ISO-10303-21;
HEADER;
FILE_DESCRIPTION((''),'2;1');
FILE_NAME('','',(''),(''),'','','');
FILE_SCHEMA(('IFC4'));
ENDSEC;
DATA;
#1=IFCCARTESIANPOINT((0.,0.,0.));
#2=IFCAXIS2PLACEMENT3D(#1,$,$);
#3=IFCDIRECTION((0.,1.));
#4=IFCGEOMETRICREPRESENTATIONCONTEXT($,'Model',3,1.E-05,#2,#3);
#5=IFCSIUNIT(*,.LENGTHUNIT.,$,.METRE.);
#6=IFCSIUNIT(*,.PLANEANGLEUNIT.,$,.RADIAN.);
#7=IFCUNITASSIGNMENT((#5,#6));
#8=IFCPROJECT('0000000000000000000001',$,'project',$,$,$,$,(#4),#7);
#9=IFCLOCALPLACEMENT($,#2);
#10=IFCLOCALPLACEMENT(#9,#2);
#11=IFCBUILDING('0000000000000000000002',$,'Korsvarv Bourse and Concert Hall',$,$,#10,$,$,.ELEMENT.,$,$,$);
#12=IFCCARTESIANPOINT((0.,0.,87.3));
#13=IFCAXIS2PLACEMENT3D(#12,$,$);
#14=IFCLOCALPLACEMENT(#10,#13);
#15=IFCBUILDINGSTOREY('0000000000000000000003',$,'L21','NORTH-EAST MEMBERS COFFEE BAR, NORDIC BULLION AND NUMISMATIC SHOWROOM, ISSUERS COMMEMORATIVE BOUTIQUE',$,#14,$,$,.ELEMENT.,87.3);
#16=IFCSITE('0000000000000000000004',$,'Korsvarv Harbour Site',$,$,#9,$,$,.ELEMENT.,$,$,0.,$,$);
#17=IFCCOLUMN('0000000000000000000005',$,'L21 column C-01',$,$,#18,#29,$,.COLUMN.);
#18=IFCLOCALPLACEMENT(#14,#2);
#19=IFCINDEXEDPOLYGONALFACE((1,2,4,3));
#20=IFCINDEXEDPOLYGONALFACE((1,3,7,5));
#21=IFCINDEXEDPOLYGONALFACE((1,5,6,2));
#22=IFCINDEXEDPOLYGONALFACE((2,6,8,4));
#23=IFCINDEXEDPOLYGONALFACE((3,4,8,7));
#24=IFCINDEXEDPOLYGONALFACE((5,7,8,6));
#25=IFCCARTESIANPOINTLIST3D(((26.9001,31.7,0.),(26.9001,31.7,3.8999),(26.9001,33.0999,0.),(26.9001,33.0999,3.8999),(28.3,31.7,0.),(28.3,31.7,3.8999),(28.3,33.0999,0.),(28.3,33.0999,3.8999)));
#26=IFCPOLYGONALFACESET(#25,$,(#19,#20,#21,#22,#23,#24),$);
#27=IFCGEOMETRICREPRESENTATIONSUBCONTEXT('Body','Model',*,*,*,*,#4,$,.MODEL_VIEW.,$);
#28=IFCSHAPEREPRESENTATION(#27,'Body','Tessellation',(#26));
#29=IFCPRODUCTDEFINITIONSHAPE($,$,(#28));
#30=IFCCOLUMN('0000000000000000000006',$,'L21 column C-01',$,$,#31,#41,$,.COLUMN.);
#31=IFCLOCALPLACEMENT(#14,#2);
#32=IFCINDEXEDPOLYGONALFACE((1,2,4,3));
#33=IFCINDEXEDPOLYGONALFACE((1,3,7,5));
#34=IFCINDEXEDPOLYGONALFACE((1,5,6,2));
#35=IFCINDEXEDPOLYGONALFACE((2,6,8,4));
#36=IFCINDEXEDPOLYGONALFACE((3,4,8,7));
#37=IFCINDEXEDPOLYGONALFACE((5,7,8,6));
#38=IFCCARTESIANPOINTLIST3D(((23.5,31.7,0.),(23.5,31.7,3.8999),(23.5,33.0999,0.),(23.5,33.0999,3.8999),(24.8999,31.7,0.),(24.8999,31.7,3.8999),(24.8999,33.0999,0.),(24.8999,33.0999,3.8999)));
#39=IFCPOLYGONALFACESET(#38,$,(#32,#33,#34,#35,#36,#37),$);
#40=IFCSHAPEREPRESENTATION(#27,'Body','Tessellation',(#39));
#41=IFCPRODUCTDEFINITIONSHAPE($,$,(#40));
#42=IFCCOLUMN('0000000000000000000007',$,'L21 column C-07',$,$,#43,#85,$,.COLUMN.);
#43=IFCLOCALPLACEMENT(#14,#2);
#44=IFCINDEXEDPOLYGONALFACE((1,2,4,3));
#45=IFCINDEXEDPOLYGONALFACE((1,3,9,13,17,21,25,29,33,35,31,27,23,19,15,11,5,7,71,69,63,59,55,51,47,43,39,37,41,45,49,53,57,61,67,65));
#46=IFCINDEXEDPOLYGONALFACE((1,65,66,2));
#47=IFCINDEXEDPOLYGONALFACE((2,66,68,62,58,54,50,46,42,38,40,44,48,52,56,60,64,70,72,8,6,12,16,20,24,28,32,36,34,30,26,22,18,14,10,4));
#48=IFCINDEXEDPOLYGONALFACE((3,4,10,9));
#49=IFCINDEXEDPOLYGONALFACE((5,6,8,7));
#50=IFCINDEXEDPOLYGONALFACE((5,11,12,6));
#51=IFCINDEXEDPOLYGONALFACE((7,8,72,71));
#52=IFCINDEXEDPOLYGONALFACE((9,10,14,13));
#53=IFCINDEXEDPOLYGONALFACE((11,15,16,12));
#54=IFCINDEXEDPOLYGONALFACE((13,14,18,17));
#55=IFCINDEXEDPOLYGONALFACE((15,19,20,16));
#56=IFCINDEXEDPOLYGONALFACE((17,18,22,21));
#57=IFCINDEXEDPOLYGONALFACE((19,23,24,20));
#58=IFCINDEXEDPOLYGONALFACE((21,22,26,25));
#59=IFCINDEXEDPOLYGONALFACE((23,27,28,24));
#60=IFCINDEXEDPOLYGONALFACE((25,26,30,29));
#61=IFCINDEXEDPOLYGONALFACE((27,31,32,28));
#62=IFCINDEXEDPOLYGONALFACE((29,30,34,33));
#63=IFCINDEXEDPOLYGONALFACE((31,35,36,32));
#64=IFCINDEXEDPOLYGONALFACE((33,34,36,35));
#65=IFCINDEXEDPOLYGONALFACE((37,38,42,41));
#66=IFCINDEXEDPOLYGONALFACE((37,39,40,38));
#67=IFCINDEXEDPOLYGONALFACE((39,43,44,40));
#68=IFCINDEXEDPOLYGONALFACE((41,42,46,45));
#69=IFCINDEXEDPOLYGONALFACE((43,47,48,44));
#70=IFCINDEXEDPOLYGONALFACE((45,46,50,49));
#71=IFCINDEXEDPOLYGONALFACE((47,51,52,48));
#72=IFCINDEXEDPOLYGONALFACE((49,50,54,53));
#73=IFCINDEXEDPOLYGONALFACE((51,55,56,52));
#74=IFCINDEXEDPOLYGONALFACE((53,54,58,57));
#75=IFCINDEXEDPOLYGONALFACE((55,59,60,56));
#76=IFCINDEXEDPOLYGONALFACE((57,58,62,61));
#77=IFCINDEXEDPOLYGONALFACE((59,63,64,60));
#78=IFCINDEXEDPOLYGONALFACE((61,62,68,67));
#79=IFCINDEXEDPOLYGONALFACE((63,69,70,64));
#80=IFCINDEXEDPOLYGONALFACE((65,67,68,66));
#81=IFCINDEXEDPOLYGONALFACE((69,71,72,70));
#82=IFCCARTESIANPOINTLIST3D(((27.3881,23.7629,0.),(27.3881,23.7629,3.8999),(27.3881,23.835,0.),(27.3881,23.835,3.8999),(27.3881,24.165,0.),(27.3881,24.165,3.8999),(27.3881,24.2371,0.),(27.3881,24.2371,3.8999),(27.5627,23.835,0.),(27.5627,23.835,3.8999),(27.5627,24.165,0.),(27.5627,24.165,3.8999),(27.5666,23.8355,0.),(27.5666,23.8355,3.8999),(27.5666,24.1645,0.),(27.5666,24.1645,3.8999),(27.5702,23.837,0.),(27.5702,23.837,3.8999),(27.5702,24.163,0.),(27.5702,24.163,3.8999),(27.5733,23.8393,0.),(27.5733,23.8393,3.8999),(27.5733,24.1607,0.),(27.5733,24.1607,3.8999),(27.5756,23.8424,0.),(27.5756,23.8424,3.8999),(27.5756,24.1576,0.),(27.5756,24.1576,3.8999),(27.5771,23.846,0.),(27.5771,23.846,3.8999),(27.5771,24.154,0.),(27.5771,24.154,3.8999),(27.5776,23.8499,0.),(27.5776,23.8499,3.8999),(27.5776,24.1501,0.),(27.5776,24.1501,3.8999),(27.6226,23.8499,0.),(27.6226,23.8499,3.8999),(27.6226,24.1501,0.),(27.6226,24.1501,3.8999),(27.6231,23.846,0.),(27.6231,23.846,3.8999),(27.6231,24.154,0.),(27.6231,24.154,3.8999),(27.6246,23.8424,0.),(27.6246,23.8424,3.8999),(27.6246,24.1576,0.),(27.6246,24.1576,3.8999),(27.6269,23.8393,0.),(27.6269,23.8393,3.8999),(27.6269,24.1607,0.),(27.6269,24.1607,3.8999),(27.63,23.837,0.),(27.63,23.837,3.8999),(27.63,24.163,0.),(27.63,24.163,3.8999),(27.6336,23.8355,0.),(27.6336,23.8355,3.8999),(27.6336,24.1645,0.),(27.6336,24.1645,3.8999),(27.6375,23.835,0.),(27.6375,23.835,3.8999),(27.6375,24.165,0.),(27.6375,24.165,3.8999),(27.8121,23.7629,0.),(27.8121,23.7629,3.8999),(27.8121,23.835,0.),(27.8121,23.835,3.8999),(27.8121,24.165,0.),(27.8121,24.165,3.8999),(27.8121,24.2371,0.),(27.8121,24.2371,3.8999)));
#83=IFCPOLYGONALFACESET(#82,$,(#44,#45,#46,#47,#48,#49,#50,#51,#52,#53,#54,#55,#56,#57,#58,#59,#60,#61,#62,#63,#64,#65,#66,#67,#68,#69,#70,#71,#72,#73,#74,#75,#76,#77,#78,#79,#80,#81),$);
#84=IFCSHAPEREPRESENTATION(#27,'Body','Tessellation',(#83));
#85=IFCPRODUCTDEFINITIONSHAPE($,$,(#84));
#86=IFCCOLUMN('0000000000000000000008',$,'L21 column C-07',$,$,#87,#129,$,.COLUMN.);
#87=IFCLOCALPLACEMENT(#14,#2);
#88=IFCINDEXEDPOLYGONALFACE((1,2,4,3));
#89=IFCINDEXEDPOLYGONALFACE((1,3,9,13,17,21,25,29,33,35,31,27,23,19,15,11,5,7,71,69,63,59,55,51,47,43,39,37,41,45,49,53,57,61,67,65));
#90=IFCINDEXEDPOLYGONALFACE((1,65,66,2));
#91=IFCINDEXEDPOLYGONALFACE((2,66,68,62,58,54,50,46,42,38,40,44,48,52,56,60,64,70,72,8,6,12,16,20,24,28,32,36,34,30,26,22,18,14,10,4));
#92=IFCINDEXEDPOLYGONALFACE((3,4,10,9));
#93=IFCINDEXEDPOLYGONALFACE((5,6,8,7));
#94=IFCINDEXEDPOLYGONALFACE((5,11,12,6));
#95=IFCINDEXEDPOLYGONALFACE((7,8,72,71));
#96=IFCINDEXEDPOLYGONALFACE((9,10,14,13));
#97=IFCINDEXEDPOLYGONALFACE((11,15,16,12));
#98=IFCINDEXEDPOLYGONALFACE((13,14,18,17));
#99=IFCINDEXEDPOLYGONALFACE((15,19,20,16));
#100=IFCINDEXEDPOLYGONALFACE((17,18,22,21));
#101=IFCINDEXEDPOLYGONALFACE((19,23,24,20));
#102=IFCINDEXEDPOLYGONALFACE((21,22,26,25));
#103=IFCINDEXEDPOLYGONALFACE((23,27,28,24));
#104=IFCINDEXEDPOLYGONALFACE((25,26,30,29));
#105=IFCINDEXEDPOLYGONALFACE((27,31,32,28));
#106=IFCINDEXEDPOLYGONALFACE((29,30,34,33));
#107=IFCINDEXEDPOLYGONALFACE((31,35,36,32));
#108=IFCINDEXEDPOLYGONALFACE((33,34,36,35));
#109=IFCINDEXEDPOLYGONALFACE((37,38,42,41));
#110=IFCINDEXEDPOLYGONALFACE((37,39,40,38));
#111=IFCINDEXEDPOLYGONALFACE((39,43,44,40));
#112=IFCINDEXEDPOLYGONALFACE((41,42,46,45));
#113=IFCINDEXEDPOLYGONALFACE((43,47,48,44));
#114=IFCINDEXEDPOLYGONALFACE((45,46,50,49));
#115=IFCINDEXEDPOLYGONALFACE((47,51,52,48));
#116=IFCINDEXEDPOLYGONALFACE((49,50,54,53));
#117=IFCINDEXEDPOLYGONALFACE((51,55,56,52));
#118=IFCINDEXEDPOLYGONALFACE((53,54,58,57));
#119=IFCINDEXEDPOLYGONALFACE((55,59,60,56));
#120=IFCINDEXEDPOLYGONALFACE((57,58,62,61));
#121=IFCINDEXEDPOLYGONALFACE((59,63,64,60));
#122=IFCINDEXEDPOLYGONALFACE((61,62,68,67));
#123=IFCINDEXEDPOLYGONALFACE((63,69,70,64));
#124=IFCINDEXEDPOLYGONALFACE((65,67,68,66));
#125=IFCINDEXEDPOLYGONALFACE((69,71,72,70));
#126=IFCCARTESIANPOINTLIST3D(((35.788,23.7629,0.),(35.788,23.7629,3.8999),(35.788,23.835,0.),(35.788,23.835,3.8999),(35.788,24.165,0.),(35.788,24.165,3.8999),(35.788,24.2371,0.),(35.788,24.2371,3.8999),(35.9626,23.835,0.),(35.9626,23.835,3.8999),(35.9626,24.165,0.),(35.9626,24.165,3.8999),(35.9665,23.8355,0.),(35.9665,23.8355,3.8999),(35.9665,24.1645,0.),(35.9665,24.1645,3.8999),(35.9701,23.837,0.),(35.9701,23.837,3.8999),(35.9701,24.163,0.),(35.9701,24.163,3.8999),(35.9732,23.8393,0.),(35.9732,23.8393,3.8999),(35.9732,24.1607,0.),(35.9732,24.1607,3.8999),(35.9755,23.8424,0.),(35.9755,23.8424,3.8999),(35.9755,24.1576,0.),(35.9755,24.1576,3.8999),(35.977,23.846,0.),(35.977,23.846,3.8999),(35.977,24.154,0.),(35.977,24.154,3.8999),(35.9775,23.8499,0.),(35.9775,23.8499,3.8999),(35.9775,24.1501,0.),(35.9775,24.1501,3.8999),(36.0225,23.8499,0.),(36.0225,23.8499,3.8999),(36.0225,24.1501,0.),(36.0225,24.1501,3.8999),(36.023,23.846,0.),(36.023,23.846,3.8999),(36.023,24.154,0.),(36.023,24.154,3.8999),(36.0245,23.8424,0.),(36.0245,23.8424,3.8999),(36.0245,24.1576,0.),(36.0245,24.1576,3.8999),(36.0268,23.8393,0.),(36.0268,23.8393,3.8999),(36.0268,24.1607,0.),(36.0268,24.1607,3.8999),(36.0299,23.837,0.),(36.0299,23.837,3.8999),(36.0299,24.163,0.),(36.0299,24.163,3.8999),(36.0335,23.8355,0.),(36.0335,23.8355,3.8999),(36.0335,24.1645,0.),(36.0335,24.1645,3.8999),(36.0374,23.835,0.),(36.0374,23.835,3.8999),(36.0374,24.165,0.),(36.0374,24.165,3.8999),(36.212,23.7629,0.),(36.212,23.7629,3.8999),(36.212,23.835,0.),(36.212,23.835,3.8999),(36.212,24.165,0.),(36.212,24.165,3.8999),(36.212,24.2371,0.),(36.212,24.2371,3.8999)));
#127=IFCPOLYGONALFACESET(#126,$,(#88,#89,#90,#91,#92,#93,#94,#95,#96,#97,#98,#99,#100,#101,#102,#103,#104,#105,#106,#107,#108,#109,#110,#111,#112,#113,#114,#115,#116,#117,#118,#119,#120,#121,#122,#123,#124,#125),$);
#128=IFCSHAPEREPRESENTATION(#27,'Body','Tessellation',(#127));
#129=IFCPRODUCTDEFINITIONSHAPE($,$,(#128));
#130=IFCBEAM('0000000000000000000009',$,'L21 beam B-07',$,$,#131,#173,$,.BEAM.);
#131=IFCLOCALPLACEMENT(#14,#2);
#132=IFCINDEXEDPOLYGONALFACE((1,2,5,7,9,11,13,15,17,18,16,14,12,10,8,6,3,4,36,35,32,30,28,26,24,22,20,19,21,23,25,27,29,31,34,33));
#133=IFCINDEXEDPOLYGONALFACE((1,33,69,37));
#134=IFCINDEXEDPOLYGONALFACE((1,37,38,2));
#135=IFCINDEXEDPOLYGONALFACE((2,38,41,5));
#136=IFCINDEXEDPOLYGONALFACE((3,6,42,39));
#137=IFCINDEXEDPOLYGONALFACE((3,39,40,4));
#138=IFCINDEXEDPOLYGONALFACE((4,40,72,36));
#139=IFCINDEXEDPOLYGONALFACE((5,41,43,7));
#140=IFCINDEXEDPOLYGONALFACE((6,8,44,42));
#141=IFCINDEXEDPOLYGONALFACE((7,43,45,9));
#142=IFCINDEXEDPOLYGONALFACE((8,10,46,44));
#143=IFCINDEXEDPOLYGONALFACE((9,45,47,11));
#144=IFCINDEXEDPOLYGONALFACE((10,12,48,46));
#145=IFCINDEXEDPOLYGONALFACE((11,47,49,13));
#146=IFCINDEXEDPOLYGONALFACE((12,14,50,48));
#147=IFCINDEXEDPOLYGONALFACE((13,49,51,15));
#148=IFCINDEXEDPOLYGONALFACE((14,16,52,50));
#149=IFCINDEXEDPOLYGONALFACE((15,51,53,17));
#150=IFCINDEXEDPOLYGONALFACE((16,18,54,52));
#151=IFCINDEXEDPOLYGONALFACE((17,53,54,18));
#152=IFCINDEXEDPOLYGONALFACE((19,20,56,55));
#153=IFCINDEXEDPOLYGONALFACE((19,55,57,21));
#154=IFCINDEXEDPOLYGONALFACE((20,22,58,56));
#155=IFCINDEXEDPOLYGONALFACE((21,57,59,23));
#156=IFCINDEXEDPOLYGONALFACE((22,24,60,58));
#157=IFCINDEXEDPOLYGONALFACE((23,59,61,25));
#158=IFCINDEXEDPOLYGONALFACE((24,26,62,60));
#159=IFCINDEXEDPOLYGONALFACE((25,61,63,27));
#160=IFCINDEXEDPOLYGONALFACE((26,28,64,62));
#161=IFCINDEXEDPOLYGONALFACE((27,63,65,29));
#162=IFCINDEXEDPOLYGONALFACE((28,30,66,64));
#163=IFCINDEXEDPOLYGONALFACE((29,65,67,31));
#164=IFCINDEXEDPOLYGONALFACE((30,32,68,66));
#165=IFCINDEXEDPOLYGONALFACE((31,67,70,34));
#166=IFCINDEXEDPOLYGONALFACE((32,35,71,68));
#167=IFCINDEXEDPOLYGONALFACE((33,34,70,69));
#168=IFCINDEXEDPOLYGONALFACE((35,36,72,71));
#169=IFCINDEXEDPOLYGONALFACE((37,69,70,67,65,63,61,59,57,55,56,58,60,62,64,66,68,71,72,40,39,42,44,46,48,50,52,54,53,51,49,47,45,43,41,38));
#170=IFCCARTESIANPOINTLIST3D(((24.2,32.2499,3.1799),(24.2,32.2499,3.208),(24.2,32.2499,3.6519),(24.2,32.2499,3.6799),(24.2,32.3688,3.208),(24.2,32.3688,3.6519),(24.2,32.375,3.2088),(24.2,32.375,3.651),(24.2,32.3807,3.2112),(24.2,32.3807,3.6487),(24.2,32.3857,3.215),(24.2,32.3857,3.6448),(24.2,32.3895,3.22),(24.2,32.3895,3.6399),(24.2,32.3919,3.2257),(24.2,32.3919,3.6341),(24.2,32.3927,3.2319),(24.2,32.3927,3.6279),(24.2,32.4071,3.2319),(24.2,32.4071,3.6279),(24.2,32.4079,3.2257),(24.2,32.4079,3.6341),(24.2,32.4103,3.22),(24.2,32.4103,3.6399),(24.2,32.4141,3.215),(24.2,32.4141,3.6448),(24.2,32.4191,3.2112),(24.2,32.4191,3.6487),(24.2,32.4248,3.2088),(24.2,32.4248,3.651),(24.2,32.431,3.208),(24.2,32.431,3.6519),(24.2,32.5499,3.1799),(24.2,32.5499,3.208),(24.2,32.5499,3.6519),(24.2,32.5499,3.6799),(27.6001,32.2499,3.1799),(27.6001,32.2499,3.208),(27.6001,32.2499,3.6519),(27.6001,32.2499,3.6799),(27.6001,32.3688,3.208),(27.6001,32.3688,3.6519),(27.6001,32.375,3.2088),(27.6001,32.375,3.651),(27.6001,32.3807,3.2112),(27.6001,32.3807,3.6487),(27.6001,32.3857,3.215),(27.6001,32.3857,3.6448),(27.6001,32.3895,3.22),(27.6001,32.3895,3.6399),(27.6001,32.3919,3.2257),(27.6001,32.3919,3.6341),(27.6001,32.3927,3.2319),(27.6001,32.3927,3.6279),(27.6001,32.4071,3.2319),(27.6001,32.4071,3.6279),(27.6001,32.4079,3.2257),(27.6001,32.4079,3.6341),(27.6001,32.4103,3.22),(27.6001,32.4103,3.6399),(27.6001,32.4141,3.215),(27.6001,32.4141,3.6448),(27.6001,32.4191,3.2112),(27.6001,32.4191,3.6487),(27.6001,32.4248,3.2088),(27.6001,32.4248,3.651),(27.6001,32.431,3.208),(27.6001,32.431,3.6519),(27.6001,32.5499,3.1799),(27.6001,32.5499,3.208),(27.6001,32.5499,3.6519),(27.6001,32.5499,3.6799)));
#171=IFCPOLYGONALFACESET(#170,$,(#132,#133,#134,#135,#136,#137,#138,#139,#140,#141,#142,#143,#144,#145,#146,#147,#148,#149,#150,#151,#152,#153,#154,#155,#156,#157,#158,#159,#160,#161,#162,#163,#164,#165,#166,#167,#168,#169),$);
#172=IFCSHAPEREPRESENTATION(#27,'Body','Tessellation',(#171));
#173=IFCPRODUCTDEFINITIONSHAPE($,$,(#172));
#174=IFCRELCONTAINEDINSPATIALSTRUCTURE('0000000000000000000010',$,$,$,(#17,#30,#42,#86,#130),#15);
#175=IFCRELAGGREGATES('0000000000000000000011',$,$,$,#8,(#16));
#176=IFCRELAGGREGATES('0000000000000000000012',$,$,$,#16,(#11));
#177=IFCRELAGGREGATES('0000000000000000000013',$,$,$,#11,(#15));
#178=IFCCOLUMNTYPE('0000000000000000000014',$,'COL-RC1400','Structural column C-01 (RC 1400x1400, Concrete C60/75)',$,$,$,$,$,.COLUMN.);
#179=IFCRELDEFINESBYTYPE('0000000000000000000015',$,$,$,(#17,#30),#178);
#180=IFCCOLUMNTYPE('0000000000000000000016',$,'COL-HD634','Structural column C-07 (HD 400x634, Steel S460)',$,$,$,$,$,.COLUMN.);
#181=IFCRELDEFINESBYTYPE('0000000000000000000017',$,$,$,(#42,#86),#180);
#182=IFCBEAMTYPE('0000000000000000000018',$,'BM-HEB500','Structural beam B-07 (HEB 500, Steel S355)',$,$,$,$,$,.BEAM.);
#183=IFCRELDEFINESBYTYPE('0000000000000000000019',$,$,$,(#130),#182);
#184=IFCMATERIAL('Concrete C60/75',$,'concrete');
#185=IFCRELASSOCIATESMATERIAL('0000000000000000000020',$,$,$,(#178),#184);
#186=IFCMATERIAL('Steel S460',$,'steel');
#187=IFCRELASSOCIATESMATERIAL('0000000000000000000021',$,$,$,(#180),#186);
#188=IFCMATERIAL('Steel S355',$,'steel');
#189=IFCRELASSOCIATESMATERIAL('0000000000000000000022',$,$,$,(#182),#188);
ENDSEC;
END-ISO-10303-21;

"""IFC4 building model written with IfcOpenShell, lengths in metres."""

from ifc_helpers import new_model, si_unit, direction, frame, origin, origin_2d, place, context, subcontext, project, spatial, rectangle, i_section, extrude, source, transform, mapped, material, material_profile, profile_set, type_object, element, save


model = new_model("IFC4")

# Units and contexts
model_context = context("Model", 3, precision=1e-05, world=origin(), true_north=direction((0.0, 1.0)))
body_context = subcontext(model_context, "Body", "Model", "MODEL_VIEW")
ifc_project = project(units=[si_unit("LENGTHUNIT", "METRE"), si_unit("PLANEANGLEUNIT", "RADIAN")], contexts=[model_context])

# Site, building, storey
site_placement = place(None, origin())
site = spatial("IfcSite", under=ifc_project, at=site_placement, Name="Korsvarv Harbour Site", CompositionType="ELEMENT", RefElevation=0.0)
building_placement = place(site_placement, origin())
building = spatial("IfcBuilding", under=site, at=building_placement, Name="Korsvarv Bourse and Concert Hall", CompositionType="ELEMENT")
storey_placement = place(building_placement, frame((0.0, 0.0, 87.3)))
storey = spatial("IfcBuildingStorey", under=building, at=storey_placement, Name="L21", Description="NORTH-EAST MEMBERS COFFEE BAR, NORDIC BULLION AND NUMISMATIC SHOWROOM, ISSUERS COMMEMORATIVE BOUTIQUE", CompositionType="ELEMENT", Elevation=87.3)

# Columns
ifc_material_1 = material(Name="Concrete C60/75", Category="concrete")
ifc_material_profile_1 = material_profile(ifc_material_1, rectangle(XDim=1.3999, YDim=1.3999, at=origin_2d()), Name="RC 1400x1400")
ifc_profile_set_1 = profile_set([ifc_material_profile_1], Name="Concrete C60/75")
column_type_1 = type_object("IfcColumnType", Name="COL-RC1400", Description="Structural column C-01 (RC 1400x1400, Concrete C60/75)", PredefinedType="COLUMN", material=ifc_profile_set_1)
shared_shape_1 = source(origin(), body_context, "Body", "SweptSolid", [
    extrude(rectangle(XDim=1.3999, YDim=1.3999, at=origin_2d()), origin(), (0.0, 0.0, 1.0), 3.8999),
])
for number, where, z_axis, x_axis, name in (
    (1, (27.6001, 32.3999, 0.0), (0.0, 0.0, 1.0), (1.0, 0.0, 0.0), "L21 column C-01"),
    (2, (24.2, 32.3999, 0.0), (0.0, 0.0, 1.0), (1.0, 0.0, 0.0), "L21 column C-01"),
):
    element("IfcColumn", number, at=place(storey_placement, frame(where, z_axis=z_axis, x_axis=x_axis)), inside=storey, type_object=column_type_1, Name=name, PredefinedType="COLUMN", context=body_context, shape_type="MappedRepresentation", body=[
        mapped(shared_shape_1, transform((0.0, 0.0, 0.0), scale=1.0)),
    ])
ifc_material_2 = material(Name="Steel S460", Category="steel")
ifc_material_profile_2 = material_profile(ifc_material_2, i_section(OverallWidth=0.4241, OverallDepth=0.4741, WebThickness=0.0449, FlangeThickness=0.072, FilletRadius=0.0149, at=origin_2d()), Name="HD 400x634")
ifc_profile_set_2 = profile_set([ifc_material_profile_2], Name="Steel S460")
column_type_2 = type_object("IfcColumnType", Name="COL-HD634", Description="Structural column C-07 (HD 400x634, Steel S460)", PredefinedType="COLUMN", material=ifc_profile_set_2)
shared_shape_2 = source(origin(), body_context, "Body", "SweptSolid", [
    extrude(i_section(OverallWidth=0.4241, OverallDepth=0.4741, WebThickness=0.0449, FlangeThickness=0.072, FilletRadius=0.0149, at=origin_2d()), origin(), (0.0, 0.0, 1.0), 3.8999),
])
for number, where, z_axis, x_axis, name in (
    (3, (27.6001, 24.0, 0.0), (0.0, 0.0, 1.0), (1.0, 0.0, 0.0), "L21 column C-07"),
    (4, (36.0, 24.0, 0.0), (0.0, 0.0, 1.0), (1.0, 0.0, 0.0), "L21 column C-07"),
):
    element("IfcColumn", number, at=place(storey_placement, frame(where, z_axis=z_axis, x_axis=x_axis)), inside=storey, type_object=column_type_2, Name=name, PredefinedType="COLUMN", context=body_context, shape_type="MappedRepresentation", body=[
        mapped(shared_shape_2, transform((0.0, 0.0, 0.0), scale=1.0)),
    ])

# Beam
ifc_material_3 = material(Name="Steel S355", Category="steel")
ifc_material_profile_3 = material_profile(ifc_material_3, i_section(OverallWidth=0.3, OverallDepth=0.5, WebThickness=0.0144, FlangeThickness=0.0281, FilletRadius=0.0239, at=origin_2d()), Name="HEB 500")
ifc_profile_set_3 = profile_set([ifc_material_profile_3], Name="Steel S355")
beam_type_1 = type_object("IfcBeamType", Name="BM-HEB500", Description="Structural beam B-07 (HEB 500, Steel S355)", PredefinedType="BEAM", material=ifc_profile_set_3)
shared_shape_3 = source(origin(), body_context, "Body", "SweptSolid", [
    extrude(i_section(OverallWidth=0.3, OverallDepth=0.5, WebThickness=0.0144, FlangeThickness=0.0281, FilletRadius=0.0239, at=origin_2d()), origin(), (0.0, 0.0, 1.0), 3.4001),
])
beam_1_placement = place(storey_placement, frame((24.2, 32.3999, 3.4299), z_axis=(1.0, 0.0, 0.0), x_axis=(0.0, 1.0, 0.0)))
element("IfcBeam", 5, at=beam_1_placement, inside=storey, type_object=beam_type_1, Name="L21 beam B-07", PredefinedType="BEAM", context=body_context, shape_type="MappedRepresentation", body=[
    mapped(shared_shape_3, transform((0.0, 0.0, 0.0), scale=1.0)),
])

save(model, "model.ifc")
